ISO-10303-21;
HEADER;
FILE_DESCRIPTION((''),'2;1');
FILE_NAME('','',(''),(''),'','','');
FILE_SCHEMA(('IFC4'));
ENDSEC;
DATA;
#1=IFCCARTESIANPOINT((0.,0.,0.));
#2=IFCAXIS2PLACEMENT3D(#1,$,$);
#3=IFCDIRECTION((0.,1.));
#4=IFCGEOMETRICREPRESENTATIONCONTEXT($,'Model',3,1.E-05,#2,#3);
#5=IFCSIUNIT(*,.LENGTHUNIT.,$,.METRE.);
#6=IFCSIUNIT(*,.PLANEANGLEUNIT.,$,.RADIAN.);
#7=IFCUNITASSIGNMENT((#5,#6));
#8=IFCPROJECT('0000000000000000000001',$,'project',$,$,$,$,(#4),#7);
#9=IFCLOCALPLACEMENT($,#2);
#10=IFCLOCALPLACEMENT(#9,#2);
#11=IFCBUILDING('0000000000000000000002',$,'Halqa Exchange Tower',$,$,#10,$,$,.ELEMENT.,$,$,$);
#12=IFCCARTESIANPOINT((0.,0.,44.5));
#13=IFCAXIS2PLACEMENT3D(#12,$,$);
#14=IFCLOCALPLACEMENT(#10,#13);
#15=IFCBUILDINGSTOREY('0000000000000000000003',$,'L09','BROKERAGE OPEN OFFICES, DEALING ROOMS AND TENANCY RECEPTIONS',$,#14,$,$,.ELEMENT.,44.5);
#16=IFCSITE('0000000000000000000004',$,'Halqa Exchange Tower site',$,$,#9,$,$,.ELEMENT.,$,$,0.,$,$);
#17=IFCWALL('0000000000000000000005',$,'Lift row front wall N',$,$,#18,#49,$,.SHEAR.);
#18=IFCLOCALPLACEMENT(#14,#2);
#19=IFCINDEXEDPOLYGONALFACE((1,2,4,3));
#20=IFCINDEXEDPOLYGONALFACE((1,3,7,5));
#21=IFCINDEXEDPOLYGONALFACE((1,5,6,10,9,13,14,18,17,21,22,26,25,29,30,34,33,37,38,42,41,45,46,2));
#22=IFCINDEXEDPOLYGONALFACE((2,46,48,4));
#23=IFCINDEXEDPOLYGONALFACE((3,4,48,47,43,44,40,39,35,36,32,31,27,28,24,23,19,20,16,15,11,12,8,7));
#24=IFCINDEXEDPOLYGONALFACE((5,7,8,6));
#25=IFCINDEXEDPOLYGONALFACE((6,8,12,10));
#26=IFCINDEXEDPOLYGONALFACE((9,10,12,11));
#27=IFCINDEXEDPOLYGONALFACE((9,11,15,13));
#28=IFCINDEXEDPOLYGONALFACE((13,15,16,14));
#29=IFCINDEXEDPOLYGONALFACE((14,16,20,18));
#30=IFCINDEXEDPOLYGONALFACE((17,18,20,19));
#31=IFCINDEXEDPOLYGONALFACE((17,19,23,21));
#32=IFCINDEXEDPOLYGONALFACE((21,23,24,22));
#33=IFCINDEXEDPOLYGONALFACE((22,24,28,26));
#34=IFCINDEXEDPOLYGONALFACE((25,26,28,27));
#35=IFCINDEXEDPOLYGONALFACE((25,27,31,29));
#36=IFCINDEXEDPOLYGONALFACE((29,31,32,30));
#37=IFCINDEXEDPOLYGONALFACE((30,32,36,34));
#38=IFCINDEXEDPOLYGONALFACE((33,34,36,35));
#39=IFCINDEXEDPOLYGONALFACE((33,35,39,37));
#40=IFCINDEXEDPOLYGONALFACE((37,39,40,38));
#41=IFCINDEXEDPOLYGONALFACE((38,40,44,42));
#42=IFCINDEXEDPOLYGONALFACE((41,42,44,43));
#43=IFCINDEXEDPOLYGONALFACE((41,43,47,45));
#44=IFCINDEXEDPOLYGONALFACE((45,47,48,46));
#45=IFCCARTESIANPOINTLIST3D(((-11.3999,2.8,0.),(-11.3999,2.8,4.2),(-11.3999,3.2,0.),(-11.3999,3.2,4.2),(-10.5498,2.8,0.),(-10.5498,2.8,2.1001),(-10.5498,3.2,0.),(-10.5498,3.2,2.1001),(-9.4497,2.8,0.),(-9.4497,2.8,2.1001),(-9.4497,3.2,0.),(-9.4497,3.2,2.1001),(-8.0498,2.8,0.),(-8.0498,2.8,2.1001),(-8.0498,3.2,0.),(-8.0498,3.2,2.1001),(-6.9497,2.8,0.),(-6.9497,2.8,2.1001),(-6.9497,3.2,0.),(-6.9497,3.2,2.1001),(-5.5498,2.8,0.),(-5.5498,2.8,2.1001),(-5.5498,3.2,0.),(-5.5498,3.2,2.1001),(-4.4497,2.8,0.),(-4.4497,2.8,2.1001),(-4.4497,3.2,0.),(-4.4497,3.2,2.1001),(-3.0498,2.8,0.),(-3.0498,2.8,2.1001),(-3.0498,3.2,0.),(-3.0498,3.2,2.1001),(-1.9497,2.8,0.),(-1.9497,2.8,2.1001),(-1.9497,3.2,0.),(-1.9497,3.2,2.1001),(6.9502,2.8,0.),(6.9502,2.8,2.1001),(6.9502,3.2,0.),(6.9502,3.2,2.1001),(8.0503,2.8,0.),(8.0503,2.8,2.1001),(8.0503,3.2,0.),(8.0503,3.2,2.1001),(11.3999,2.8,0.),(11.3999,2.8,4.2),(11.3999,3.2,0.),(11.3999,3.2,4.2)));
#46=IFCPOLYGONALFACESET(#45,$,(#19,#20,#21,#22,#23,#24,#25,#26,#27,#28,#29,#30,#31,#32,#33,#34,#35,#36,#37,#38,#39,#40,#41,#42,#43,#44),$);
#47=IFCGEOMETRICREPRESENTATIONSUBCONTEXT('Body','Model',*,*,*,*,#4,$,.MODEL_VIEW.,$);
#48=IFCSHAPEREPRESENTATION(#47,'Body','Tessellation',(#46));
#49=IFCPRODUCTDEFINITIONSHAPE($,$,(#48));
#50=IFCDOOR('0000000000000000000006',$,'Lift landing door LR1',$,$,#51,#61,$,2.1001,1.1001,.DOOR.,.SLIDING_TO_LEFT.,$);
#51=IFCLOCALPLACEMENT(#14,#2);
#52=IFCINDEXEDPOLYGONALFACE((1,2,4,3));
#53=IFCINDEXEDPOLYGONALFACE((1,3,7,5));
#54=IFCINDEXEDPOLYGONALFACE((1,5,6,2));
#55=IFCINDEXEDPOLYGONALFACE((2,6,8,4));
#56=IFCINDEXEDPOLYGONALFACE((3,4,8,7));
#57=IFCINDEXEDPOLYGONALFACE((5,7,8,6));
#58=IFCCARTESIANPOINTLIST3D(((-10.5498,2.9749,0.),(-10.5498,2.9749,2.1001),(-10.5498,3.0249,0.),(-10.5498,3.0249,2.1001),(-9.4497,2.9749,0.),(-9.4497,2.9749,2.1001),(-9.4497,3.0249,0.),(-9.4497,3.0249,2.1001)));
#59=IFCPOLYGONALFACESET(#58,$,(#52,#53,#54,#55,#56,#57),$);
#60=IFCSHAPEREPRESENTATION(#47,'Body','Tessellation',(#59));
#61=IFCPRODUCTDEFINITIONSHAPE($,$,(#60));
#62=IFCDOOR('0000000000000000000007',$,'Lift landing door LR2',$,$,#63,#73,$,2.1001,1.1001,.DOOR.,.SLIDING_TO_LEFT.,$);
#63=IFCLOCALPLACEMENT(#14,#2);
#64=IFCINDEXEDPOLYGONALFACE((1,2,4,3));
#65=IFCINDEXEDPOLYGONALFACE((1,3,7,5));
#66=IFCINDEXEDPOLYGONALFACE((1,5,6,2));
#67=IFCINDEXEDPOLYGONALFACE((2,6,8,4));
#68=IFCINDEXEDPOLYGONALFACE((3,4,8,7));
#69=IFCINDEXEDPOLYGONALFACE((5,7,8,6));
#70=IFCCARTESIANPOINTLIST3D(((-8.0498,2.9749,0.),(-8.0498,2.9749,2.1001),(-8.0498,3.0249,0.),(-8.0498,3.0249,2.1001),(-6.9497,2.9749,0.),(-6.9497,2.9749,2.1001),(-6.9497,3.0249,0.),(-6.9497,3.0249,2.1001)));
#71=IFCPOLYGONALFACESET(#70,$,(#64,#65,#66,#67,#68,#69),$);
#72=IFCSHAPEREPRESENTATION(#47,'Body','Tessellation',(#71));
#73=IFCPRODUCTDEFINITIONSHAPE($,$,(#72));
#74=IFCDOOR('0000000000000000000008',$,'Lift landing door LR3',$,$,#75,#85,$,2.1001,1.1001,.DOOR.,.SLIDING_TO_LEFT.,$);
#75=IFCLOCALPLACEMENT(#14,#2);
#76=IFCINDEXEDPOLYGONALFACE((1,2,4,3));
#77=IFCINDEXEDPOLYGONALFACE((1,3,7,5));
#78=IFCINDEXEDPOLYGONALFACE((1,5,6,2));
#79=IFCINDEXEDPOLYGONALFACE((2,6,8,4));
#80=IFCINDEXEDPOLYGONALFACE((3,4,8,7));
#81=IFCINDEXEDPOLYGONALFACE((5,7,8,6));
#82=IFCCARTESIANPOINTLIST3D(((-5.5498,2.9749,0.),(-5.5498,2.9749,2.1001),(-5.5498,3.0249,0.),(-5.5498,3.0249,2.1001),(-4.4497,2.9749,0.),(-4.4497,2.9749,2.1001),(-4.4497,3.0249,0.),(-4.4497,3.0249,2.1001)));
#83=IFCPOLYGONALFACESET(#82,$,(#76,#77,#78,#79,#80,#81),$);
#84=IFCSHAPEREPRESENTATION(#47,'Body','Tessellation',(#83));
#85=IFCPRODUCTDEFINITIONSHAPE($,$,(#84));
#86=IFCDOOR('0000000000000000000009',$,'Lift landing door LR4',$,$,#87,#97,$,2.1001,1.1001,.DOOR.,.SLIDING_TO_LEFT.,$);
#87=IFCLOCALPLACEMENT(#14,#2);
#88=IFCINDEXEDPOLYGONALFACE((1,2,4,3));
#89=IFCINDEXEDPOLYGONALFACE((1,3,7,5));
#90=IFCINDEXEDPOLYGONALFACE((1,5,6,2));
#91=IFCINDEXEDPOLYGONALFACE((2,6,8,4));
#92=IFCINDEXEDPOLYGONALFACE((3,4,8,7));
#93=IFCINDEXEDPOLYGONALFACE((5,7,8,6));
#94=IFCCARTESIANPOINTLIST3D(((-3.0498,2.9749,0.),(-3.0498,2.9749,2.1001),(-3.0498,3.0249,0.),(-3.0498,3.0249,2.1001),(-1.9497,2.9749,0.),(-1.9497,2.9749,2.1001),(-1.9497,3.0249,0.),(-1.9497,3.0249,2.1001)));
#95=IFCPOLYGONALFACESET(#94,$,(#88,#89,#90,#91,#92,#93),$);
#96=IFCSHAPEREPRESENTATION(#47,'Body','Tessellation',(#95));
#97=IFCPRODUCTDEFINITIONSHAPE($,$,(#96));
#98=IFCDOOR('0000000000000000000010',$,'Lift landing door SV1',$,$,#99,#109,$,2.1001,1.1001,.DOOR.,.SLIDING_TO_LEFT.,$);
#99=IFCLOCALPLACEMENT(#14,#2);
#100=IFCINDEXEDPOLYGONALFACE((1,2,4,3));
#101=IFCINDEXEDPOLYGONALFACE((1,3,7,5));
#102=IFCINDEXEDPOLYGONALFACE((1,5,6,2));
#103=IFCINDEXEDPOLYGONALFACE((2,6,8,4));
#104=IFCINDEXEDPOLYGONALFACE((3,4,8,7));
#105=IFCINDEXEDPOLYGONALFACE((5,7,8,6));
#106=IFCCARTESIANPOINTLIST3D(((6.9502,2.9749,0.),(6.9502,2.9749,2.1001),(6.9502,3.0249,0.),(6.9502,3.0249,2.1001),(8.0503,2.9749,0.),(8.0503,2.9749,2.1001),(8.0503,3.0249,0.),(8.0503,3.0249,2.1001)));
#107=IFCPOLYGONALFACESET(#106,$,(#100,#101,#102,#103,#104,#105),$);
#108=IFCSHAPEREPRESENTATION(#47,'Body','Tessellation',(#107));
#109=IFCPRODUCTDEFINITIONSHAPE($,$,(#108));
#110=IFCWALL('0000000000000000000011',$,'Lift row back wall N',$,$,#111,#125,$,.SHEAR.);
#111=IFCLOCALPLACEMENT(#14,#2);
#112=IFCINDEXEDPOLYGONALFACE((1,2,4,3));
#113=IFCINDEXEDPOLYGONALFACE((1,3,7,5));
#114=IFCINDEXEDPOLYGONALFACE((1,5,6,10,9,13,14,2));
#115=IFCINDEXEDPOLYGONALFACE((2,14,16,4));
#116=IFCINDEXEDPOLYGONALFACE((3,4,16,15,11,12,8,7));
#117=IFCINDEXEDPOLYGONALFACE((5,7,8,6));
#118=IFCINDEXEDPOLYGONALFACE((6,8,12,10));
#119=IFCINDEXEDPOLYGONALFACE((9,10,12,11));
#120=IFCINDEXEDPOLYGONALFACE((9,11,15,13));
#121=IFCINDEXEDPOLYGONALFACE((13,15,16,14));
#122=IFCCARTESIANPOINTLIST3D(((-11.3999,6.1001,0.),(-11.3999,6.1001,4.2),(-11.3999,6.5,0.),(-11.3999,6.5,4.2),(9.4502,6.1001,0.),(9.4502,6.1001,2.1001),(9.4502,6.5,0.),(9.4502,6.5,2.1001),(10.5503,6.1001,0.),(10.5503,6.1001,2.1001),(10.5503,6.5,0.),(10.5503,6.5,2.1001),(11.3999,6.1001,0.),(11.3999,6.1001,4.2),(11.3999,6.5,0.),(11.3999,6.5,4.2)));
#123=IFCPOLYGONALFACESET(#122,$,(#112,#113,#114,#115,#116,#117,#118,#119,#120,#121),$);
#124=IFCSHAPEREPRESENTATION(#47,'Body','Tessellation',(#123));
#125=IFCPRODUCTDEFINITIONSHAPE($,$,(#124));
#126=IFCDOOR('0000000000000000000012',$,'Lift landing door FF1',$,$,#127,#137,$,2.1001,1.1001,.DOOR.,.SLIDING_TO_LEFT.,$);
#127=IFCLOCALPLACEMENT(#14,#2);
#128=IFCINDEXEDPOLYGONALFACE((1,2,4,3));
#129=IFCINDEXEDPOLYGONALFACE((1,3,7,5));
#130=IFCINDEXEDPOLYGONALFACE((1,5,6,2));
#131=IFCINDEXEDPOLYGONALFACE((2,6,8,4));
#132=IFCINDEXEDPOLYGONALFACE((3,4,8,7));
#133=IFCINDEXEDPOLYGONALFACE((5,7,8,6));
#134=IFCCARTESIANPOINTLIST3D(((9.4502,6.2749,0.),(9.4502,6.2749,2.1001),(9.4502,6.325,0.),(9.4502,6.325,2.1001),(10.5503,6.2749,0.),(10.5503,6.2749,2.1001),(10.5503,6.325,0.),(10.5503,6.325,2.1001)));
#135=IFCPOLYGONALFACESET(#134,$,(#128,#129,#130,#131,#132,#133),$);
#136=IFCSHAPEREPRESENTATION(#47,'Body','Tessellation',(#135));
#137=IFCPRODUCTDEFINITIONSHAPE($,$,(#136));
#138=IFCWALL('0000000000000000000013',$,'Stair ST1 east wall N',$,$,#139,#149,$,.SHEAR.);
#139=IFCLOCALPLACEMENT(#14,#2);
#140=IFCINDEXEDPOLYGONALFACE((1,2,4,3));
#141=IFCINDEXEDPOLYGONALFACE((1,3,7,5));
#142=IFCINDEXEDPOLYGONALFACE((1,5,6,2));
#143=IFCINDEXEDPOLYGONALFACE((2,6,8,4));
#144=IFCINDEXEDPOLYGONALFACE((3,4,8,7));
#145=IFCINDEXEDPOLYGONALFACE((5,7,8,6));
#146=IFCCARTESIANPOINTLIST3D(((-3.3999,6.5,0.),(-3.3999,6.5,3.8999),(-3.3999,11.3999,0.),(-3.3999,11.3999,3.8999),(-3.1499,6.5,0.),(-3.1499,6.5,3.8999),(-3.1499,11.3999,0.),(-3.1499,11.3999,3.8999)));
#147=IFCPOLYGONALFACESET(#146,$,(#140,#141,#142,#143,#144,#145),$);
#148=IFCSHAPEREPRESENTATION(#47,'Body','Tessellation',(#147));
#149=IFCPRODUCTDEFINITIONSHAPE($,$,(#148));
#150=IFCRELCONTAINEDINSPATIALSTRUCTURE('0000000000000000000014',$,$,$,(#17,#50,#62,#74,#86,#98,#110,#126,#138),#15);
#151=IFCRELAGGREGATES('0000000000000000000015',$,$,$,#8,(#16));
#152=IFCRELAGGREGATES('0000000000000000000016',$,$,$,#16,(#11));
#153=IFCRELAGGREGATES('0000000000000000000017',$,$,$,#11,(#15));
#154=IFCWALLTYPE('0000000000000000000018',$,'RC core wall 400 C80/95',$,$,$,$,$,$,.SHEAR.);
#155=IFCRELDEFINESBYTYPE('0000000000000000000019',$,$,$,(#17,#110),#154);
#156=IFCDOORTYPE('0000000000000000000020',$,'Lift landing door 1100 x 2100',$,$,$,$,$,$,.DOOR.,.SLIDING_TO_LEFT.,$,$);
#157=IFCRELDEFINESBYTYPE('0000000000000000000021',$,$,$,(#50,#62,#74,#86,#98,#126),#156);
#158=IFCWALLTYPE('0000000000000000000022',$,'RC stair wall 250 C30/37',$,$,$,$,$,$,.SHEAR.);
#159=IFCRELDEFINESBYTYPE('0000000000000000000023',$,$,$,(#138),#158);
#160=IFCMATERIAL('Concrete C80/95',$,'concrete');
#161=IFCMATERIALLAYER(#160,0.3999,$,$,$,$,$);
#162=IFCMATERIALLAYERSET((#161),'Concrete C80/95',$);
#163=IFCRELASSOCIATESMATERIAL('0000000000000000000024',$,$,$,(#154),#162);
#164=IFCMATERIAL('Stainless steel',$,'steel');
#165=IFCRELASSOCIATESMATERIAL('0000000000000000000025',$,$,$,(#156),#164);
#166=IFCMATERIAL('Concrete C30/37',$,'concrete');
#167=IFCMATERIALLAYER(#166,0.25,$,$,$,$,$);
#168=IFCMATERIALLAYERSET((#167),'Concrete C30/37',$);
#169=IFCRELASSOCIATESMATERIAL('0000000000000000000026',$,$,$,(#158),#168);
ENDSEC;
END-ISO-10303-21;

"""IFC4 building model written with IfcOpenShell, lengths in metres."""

from ifc_helpers import new_model, si_unit, direction, frame, frame_2d, origin, place, context, subcontext, project, spatial, rectangle, extrude, material, layer, layer_set, type_object, element, fill, save


model = new_model("IFC4")

# Units and contexts
model_context = context("Model", 3, precision=1e-05, world=origin(), true_north=direction((0.0, 1.0)))
body_context = subcontext(model_context, "Body", "Model", "MODEL_VIEW")
ifc_project = project(units=[si_unit("LENGTHUNIT", "METRE"), si_unit("PLANEANGLEUNIT", "RADIAN")], contexts=[model_context])

# Site, building, storey
site_placement = place(None, origin())
site = spatial("IfcSite", under=ifc_project, at=site_placement, Name="Halqa Exchange Tower site", CompositionType="ELEMENT", RefElevation=0.0)
building_placement = place(site_placement, origin())
building = spatial("IfcBuilding", under=site, at=building_placement, Name="Halqa Exchange Tower", CompositionType="ELEMENT")
storey_placement = place(building_placement, frame((0.0, 0.0, 44.5)))
storey = spatial("IfcBuildingStorey", under=building, at=storey_placement, Name="L09", Description="BROKERAGE OPEN OFFICES, DEALING ROOMS AND TENANCY RECEPTIONS", CompositionType="ELEMENT", Elevation=44.5)

# Wall, openings, doors
ifc_material_1 = material(Name="Concrete C80/95", Category="concrete")
ifc_layer_1 = layer(ifc_material_1, 0.3999)
ifc_layer_set_1 = layer_set([ifc_layer_1], Name="Concrete C80/95")
wall_type_1 = type_object("IfcWallType", Name="RC core wall 400 C80/95", PredefinedType="SHEAR", material=ifc_layer_set_1)
wall_1_placement = place(storey_placement, frame((-11.3999, 3.0, 0.0), z_axis=(0.0, 0.0, 1.0), x_axis=(1.0, 0.0, 0.0)))
wall_1 = element("IfcWall", 1, at=wall_1_placement, inside=storey, type_object=wall_type_1, Name="Lift row front wall N", PredefinedType="SHEAR", context=body_context, shape_type="SweptSolid", body=[
    extrude(rectangle(XDim=22.7998, YDim=0.3999, at=frame_2d((11.3999, 0.0))), origin(), (0.0, 0.0, 1.0), 4.2),
])
opening_1_placement = place(wall_1_placement, frame((0.8501, 0.0, 0.0)))
opening_1 = element("IfcOpeningElement", 2, at=opening_1_placement, cuts=wall_1, PredefinedType="OPENING", context=body_context, shape_type="SweptSolid", body=[
    extrude(rectangle(XDim=1.1001, YDim=2.1001, at=frame_2d((0.55, 1.05))), frame((0.0, 0.2119, 0.0), z_axis=(0.0, -1.0, 0.0), x_axis=(1.0, 0.0, 0.0)), (0.0, 0.0, 1.0), 0.4238),
])
opening_2_placement = place(wall_1_placement, frame((3.3501, 0.0, 0.0)))
opening_2 = element("IfcOpeningElement", 3, at=opening_2_placement, cuts=wall_1, PredefinedType="OPENING", context=body_context, shape_type="SweptSolid", body=[
    extrude(rectangle(XDim=1.1001, YDim=2.1001, at=frame_2d((0.55, 1.05))), frame((0.0, 0.2119, 0.0), z_axis=(0.0, -1.0, 0.0), x_axis=(1.0, 0.0, 0.0)), (0.0, 0.0, 1.0), 0.4238),
])
opening_3_placement = place(wall_1_placement, frame((5.8501, 0.0, 0.0)))
opening_3 = element("IfcOpeningElement", 4, at=opening_3_placement, cuts=wall_1, PredefinedType="OPENING", context=body_context, shape_type="SweptSolid", body=[
    extrude(rectangle(XDim=1.1001, YDim=2.1001, at=frame_2d((0.55, 1.05))), frame((0.0, 0.2119, 0.0), z_axis=(0.0, -1.0, 0.0), x_axis=(1.0, 0.0, 0.0)), (0.0, 0.0, 1.0), 0.4238),
])
opening_4_placement = place(wall_1_placement, frame((8.3501, 0.0, 0.0)))
opening_4 = element("IfcOpeningElement", 5, at=opening_4_placement, cuts=wall_1, PredefinedType="OPENING", context=body_context, shape_type="SweptSolid", body=[
    extrude(rectangle(XDim=1.1001, YDim=2.1001, at=frame_2d((0.55, 1.05))), frame((0.0, 0.2119, 0.0), z_axis=(0.0, -1.0, 0.0), x_axis=(1.0, 0.0, 0.0)), (0.0, 0.0, 1.0), 0.4238),
])
opening_5_placement = place(wall_1_placement, frame((18.3501, 0.0, 0.0)))
opening_5 = element("IfcOpeningElement", 6, at=opening_5_placement, cuts=wall_1, PredefinedType="OPENING", context=body_context, shape_type="SweptSolid", body=[
    extrude(rectangle(XDim=1.1001, YDim=2.1001, at=frame_2d((0.55, 1.05))), frame((0.0, 0.2119, 0.0), z_axis=(0.0, -1.0, 0.0), x_axis=(1.0, 0.0, 0.0)), (0.0, 0.0, 1.0), 0.4238),
])
ifc_material_2 = material(Name="Stainless steel", Category="steel")
door_type = type_object("IfcDoorType", Name="Lift landing door 1100 x 2100", OperationType="SLIDING_TO_LEFT", PredefinedType="DOOR", material=ifc_material_2)
door_1_placement = place(opening_1_placement, origin())
door_1 = element("IfcDoor", 7, at=door_1_placement, inside=storey, type_object=door_type, Name="Lift landing door LR1", OperationType="SLIDING_TO_LEFT", OverallHeight=2.1001, OverallWidth=1.1001, PredefinedType="DOOR", context=body_context, shape_type="SweptSolid", body=[
    extrude(rectangle(XDim=1.1001, YDim=2.1001, at=frame_2d((0.55, 1.05))), frame((0.0, 0.0249, 0.0), z_axis=(0.0, -1.0, 0.0), x_axis=(1.0, 0.0, 0.0)), (0.0, 0.0, 1.0), 0.05),
])
fill(opening_1, door_1)
door_2_placement = place(opening_2_placement, origin())
door_2 = element("IfcDoor", 8, at=door_2_placement, inside=storey, type_object=door_type, Name="Lift landing door LR2", OperationType="SLIDING_TO_LEFT", OverallHeight=2.1001, OverallWidth=1.1001, PredefinedType="DOOR", context=body_context, shape_type="SweptSolid", body=[
    extrude(rectangle(XDim=1.1001, YDim=2.1001, at=frame_2d((0.55, 1.05))), frame((0.0, 0.0249, 0.0), z_axis=(0.0, -1.0, 0.0), x_axis=(1.0, 0.0, 0.0)), (0.0, 0.0, 1.0), 0.05),
])
fill(opening_2, door_2)
door_3_placement = place(opening_3_placement, origin())
door_3 = element("IfcDoor", 9, at=door_3_placement, inside=storey, type_object=door_type, Name="Lift landing door LR3", OperationType="SLIDING_TO_LEFT", OverallHeight=2.1001, OverallWidth=1.1001, PredefinedType="DOOR", context=body_context, shape_type="SweptSolid", body=[
    extrude(rectangle(XDim=1.1001, YDim=2.1001, at=frame_2d((0.55, 1.05))), frame((0.0, 0.0249, 0.0), z_axis=(0.0, -1.0, 0.0), x_axis=(1.0, 0.0, 0.0)), (0.0, 0.0, 1.0), 0.05),
])
fill(opening_3, door_3)
door_4_placement = place(opening_4_placement, origin())
door_4 = element("IfcDoor", 10, at=door_4_placement, inside=storey, type_object=door_type, Name="Lift landing door LR4", OperationType="SLIDING_TO_LEFT", OverallHeight=2.1001, OverallWidth=1.1001, PredefinedType="DOOR", context=body_context, shape_type="SweptSolid", body=[
    extrude(rectangle(XDim=1.1001, YDim=2.1001, at=frame_2d((0.55, 1.05))), frame((0.0, 0.0249, 0.0), z_axis=(0.0, -1.0, 0.0), x_axis=(1.0, 0.0, 0.0)), (0.0, 0.0, 1.0), 0.05),
])
fill(opening_4, door_4)
door_5_placement = place(opening_5_placement, origin())
door_5 = element("IfcDoor", 11, at=door_5_placement, inside=storey, type_object=door_type, Name="Lift landing door SV1", OperationType="SLIDING_TO_LEFT", OverallHeight=2.1001, OverallWidth=1.1001, PredefinedType="DOOR", context=body_context, shape_type="SweptSolid", body=[
    extrude(rectangle(XDim=1.1001, YDim=2.1001, at=frame_2d((0.55, 1.05))), frame((0.0, 0.0249, 0.0), z_axis=(0.0, -1.0, 0.0), x_axis=(1.0, 0.0, 0.0)), (0.0, 0.0, 1.0), 0.05),
])
fill(opening_5, door_5)

# Wall, opening, door
wall_2_placement = place(storey_placement, frame((-11.3999, 6.3, 0.0), z_axis=(0.0, 0.0, 1.0), x_axis=(1.0, 0.0, 0.0)))
wall_2 = element("IfcWall", 12, at=wall_2_placement, inside=storey, type_object=wall_type_1, Name="Lift row back wall N", PredefinedType="SHEAR", context=body_context, shape_type="SweptSolid", body=[
    extrude(rectangle(XDim=22.7998, YDim=0.3999, at=frame_2d((11.3999, 0.0))), origin(), (0.0, 0.0, 1.0), 4.2),
])
opening_6_placement = place(wall_2_placement, frame((20.8501, 0.0, 0.0)))
opening_6 = element("IfcOpeningElement", 13, at=opening_6_placement, cuts=wall_2, PredefinedType="OPENING", context=body_context, shape_type="SweptSolid", body=[
    extrude(rectangle(XDim=1.1001, YDim=2.1001, at=frame_2d((0.55, 1.05))), frame((0.0, 0.2119, 0.0), z_axis=(0.0, -1.0, 0.0), x_axis=(1.0, 0.0, 0.0)), (0.0, 0.0, 1.0), 0.4238),
])
door_6_placement = place(opening_6_placement, origin())
door_6 = element("IfcDoor", 14, at=door_6_placement, inside=storey, type_object=door_type, Name="Lift landing door FF1", OperationType="SLIDING_TO_LEFT", OverallHeight=2.1001, OverallWidth=1.1001, PredefinedType="DOOR", context=body_context, shape_type="SweptSolid", body=[
    extrude(rectangle(XDim=1.1001, YDim=2.1001, at=frame_2d((0.55, 1.05))), frame((0.0, 0.0249, 0.0), z_axis=(0.0, -1.0, 0.0), x_axis=(1.0, 0.0, 0.0)), (0.0, 0.0, 1.0), 0.05),
])
fill(opening_6, door_6)

# Wall
ifc_material_3 = material(Name="Concrete C30/37", Category="concrete")
ifc_layer_2 = layer(ifc_material_3, 0.25)
ifc_layer_set_2 = layer_set([ifc_layer_2], Name="Concrete C30/37")
wall_type_2 = type_object("IfcWallType", Name="RC stair wall 250 C30/37", PredefinedType="SHEAR", material=ifc_layer_set_2)
wall_3_placement = place(storey_placement, frame((-3.2749, 6.5, 0.0), z_axis=(0.0, 0.0, 1.0), x_axis=(0.0, 1.0, 0.0)))
element("IfcWall", 15, at=wall_3_placement, inside=storey, type_object=wall_type_2, Name="Stair ST1 east wall N", PredefinedType="SHEAR", context=body_context, shape_type="SweptSolid", body=[
    extrude(rectangle(XDim=4.8999, YDim=0.25, at=frame_2d((2.45, 0.0))), origin(), (0.0, 0.0, 1.0), 3.8999),
])

save(model, "model.ifc")
